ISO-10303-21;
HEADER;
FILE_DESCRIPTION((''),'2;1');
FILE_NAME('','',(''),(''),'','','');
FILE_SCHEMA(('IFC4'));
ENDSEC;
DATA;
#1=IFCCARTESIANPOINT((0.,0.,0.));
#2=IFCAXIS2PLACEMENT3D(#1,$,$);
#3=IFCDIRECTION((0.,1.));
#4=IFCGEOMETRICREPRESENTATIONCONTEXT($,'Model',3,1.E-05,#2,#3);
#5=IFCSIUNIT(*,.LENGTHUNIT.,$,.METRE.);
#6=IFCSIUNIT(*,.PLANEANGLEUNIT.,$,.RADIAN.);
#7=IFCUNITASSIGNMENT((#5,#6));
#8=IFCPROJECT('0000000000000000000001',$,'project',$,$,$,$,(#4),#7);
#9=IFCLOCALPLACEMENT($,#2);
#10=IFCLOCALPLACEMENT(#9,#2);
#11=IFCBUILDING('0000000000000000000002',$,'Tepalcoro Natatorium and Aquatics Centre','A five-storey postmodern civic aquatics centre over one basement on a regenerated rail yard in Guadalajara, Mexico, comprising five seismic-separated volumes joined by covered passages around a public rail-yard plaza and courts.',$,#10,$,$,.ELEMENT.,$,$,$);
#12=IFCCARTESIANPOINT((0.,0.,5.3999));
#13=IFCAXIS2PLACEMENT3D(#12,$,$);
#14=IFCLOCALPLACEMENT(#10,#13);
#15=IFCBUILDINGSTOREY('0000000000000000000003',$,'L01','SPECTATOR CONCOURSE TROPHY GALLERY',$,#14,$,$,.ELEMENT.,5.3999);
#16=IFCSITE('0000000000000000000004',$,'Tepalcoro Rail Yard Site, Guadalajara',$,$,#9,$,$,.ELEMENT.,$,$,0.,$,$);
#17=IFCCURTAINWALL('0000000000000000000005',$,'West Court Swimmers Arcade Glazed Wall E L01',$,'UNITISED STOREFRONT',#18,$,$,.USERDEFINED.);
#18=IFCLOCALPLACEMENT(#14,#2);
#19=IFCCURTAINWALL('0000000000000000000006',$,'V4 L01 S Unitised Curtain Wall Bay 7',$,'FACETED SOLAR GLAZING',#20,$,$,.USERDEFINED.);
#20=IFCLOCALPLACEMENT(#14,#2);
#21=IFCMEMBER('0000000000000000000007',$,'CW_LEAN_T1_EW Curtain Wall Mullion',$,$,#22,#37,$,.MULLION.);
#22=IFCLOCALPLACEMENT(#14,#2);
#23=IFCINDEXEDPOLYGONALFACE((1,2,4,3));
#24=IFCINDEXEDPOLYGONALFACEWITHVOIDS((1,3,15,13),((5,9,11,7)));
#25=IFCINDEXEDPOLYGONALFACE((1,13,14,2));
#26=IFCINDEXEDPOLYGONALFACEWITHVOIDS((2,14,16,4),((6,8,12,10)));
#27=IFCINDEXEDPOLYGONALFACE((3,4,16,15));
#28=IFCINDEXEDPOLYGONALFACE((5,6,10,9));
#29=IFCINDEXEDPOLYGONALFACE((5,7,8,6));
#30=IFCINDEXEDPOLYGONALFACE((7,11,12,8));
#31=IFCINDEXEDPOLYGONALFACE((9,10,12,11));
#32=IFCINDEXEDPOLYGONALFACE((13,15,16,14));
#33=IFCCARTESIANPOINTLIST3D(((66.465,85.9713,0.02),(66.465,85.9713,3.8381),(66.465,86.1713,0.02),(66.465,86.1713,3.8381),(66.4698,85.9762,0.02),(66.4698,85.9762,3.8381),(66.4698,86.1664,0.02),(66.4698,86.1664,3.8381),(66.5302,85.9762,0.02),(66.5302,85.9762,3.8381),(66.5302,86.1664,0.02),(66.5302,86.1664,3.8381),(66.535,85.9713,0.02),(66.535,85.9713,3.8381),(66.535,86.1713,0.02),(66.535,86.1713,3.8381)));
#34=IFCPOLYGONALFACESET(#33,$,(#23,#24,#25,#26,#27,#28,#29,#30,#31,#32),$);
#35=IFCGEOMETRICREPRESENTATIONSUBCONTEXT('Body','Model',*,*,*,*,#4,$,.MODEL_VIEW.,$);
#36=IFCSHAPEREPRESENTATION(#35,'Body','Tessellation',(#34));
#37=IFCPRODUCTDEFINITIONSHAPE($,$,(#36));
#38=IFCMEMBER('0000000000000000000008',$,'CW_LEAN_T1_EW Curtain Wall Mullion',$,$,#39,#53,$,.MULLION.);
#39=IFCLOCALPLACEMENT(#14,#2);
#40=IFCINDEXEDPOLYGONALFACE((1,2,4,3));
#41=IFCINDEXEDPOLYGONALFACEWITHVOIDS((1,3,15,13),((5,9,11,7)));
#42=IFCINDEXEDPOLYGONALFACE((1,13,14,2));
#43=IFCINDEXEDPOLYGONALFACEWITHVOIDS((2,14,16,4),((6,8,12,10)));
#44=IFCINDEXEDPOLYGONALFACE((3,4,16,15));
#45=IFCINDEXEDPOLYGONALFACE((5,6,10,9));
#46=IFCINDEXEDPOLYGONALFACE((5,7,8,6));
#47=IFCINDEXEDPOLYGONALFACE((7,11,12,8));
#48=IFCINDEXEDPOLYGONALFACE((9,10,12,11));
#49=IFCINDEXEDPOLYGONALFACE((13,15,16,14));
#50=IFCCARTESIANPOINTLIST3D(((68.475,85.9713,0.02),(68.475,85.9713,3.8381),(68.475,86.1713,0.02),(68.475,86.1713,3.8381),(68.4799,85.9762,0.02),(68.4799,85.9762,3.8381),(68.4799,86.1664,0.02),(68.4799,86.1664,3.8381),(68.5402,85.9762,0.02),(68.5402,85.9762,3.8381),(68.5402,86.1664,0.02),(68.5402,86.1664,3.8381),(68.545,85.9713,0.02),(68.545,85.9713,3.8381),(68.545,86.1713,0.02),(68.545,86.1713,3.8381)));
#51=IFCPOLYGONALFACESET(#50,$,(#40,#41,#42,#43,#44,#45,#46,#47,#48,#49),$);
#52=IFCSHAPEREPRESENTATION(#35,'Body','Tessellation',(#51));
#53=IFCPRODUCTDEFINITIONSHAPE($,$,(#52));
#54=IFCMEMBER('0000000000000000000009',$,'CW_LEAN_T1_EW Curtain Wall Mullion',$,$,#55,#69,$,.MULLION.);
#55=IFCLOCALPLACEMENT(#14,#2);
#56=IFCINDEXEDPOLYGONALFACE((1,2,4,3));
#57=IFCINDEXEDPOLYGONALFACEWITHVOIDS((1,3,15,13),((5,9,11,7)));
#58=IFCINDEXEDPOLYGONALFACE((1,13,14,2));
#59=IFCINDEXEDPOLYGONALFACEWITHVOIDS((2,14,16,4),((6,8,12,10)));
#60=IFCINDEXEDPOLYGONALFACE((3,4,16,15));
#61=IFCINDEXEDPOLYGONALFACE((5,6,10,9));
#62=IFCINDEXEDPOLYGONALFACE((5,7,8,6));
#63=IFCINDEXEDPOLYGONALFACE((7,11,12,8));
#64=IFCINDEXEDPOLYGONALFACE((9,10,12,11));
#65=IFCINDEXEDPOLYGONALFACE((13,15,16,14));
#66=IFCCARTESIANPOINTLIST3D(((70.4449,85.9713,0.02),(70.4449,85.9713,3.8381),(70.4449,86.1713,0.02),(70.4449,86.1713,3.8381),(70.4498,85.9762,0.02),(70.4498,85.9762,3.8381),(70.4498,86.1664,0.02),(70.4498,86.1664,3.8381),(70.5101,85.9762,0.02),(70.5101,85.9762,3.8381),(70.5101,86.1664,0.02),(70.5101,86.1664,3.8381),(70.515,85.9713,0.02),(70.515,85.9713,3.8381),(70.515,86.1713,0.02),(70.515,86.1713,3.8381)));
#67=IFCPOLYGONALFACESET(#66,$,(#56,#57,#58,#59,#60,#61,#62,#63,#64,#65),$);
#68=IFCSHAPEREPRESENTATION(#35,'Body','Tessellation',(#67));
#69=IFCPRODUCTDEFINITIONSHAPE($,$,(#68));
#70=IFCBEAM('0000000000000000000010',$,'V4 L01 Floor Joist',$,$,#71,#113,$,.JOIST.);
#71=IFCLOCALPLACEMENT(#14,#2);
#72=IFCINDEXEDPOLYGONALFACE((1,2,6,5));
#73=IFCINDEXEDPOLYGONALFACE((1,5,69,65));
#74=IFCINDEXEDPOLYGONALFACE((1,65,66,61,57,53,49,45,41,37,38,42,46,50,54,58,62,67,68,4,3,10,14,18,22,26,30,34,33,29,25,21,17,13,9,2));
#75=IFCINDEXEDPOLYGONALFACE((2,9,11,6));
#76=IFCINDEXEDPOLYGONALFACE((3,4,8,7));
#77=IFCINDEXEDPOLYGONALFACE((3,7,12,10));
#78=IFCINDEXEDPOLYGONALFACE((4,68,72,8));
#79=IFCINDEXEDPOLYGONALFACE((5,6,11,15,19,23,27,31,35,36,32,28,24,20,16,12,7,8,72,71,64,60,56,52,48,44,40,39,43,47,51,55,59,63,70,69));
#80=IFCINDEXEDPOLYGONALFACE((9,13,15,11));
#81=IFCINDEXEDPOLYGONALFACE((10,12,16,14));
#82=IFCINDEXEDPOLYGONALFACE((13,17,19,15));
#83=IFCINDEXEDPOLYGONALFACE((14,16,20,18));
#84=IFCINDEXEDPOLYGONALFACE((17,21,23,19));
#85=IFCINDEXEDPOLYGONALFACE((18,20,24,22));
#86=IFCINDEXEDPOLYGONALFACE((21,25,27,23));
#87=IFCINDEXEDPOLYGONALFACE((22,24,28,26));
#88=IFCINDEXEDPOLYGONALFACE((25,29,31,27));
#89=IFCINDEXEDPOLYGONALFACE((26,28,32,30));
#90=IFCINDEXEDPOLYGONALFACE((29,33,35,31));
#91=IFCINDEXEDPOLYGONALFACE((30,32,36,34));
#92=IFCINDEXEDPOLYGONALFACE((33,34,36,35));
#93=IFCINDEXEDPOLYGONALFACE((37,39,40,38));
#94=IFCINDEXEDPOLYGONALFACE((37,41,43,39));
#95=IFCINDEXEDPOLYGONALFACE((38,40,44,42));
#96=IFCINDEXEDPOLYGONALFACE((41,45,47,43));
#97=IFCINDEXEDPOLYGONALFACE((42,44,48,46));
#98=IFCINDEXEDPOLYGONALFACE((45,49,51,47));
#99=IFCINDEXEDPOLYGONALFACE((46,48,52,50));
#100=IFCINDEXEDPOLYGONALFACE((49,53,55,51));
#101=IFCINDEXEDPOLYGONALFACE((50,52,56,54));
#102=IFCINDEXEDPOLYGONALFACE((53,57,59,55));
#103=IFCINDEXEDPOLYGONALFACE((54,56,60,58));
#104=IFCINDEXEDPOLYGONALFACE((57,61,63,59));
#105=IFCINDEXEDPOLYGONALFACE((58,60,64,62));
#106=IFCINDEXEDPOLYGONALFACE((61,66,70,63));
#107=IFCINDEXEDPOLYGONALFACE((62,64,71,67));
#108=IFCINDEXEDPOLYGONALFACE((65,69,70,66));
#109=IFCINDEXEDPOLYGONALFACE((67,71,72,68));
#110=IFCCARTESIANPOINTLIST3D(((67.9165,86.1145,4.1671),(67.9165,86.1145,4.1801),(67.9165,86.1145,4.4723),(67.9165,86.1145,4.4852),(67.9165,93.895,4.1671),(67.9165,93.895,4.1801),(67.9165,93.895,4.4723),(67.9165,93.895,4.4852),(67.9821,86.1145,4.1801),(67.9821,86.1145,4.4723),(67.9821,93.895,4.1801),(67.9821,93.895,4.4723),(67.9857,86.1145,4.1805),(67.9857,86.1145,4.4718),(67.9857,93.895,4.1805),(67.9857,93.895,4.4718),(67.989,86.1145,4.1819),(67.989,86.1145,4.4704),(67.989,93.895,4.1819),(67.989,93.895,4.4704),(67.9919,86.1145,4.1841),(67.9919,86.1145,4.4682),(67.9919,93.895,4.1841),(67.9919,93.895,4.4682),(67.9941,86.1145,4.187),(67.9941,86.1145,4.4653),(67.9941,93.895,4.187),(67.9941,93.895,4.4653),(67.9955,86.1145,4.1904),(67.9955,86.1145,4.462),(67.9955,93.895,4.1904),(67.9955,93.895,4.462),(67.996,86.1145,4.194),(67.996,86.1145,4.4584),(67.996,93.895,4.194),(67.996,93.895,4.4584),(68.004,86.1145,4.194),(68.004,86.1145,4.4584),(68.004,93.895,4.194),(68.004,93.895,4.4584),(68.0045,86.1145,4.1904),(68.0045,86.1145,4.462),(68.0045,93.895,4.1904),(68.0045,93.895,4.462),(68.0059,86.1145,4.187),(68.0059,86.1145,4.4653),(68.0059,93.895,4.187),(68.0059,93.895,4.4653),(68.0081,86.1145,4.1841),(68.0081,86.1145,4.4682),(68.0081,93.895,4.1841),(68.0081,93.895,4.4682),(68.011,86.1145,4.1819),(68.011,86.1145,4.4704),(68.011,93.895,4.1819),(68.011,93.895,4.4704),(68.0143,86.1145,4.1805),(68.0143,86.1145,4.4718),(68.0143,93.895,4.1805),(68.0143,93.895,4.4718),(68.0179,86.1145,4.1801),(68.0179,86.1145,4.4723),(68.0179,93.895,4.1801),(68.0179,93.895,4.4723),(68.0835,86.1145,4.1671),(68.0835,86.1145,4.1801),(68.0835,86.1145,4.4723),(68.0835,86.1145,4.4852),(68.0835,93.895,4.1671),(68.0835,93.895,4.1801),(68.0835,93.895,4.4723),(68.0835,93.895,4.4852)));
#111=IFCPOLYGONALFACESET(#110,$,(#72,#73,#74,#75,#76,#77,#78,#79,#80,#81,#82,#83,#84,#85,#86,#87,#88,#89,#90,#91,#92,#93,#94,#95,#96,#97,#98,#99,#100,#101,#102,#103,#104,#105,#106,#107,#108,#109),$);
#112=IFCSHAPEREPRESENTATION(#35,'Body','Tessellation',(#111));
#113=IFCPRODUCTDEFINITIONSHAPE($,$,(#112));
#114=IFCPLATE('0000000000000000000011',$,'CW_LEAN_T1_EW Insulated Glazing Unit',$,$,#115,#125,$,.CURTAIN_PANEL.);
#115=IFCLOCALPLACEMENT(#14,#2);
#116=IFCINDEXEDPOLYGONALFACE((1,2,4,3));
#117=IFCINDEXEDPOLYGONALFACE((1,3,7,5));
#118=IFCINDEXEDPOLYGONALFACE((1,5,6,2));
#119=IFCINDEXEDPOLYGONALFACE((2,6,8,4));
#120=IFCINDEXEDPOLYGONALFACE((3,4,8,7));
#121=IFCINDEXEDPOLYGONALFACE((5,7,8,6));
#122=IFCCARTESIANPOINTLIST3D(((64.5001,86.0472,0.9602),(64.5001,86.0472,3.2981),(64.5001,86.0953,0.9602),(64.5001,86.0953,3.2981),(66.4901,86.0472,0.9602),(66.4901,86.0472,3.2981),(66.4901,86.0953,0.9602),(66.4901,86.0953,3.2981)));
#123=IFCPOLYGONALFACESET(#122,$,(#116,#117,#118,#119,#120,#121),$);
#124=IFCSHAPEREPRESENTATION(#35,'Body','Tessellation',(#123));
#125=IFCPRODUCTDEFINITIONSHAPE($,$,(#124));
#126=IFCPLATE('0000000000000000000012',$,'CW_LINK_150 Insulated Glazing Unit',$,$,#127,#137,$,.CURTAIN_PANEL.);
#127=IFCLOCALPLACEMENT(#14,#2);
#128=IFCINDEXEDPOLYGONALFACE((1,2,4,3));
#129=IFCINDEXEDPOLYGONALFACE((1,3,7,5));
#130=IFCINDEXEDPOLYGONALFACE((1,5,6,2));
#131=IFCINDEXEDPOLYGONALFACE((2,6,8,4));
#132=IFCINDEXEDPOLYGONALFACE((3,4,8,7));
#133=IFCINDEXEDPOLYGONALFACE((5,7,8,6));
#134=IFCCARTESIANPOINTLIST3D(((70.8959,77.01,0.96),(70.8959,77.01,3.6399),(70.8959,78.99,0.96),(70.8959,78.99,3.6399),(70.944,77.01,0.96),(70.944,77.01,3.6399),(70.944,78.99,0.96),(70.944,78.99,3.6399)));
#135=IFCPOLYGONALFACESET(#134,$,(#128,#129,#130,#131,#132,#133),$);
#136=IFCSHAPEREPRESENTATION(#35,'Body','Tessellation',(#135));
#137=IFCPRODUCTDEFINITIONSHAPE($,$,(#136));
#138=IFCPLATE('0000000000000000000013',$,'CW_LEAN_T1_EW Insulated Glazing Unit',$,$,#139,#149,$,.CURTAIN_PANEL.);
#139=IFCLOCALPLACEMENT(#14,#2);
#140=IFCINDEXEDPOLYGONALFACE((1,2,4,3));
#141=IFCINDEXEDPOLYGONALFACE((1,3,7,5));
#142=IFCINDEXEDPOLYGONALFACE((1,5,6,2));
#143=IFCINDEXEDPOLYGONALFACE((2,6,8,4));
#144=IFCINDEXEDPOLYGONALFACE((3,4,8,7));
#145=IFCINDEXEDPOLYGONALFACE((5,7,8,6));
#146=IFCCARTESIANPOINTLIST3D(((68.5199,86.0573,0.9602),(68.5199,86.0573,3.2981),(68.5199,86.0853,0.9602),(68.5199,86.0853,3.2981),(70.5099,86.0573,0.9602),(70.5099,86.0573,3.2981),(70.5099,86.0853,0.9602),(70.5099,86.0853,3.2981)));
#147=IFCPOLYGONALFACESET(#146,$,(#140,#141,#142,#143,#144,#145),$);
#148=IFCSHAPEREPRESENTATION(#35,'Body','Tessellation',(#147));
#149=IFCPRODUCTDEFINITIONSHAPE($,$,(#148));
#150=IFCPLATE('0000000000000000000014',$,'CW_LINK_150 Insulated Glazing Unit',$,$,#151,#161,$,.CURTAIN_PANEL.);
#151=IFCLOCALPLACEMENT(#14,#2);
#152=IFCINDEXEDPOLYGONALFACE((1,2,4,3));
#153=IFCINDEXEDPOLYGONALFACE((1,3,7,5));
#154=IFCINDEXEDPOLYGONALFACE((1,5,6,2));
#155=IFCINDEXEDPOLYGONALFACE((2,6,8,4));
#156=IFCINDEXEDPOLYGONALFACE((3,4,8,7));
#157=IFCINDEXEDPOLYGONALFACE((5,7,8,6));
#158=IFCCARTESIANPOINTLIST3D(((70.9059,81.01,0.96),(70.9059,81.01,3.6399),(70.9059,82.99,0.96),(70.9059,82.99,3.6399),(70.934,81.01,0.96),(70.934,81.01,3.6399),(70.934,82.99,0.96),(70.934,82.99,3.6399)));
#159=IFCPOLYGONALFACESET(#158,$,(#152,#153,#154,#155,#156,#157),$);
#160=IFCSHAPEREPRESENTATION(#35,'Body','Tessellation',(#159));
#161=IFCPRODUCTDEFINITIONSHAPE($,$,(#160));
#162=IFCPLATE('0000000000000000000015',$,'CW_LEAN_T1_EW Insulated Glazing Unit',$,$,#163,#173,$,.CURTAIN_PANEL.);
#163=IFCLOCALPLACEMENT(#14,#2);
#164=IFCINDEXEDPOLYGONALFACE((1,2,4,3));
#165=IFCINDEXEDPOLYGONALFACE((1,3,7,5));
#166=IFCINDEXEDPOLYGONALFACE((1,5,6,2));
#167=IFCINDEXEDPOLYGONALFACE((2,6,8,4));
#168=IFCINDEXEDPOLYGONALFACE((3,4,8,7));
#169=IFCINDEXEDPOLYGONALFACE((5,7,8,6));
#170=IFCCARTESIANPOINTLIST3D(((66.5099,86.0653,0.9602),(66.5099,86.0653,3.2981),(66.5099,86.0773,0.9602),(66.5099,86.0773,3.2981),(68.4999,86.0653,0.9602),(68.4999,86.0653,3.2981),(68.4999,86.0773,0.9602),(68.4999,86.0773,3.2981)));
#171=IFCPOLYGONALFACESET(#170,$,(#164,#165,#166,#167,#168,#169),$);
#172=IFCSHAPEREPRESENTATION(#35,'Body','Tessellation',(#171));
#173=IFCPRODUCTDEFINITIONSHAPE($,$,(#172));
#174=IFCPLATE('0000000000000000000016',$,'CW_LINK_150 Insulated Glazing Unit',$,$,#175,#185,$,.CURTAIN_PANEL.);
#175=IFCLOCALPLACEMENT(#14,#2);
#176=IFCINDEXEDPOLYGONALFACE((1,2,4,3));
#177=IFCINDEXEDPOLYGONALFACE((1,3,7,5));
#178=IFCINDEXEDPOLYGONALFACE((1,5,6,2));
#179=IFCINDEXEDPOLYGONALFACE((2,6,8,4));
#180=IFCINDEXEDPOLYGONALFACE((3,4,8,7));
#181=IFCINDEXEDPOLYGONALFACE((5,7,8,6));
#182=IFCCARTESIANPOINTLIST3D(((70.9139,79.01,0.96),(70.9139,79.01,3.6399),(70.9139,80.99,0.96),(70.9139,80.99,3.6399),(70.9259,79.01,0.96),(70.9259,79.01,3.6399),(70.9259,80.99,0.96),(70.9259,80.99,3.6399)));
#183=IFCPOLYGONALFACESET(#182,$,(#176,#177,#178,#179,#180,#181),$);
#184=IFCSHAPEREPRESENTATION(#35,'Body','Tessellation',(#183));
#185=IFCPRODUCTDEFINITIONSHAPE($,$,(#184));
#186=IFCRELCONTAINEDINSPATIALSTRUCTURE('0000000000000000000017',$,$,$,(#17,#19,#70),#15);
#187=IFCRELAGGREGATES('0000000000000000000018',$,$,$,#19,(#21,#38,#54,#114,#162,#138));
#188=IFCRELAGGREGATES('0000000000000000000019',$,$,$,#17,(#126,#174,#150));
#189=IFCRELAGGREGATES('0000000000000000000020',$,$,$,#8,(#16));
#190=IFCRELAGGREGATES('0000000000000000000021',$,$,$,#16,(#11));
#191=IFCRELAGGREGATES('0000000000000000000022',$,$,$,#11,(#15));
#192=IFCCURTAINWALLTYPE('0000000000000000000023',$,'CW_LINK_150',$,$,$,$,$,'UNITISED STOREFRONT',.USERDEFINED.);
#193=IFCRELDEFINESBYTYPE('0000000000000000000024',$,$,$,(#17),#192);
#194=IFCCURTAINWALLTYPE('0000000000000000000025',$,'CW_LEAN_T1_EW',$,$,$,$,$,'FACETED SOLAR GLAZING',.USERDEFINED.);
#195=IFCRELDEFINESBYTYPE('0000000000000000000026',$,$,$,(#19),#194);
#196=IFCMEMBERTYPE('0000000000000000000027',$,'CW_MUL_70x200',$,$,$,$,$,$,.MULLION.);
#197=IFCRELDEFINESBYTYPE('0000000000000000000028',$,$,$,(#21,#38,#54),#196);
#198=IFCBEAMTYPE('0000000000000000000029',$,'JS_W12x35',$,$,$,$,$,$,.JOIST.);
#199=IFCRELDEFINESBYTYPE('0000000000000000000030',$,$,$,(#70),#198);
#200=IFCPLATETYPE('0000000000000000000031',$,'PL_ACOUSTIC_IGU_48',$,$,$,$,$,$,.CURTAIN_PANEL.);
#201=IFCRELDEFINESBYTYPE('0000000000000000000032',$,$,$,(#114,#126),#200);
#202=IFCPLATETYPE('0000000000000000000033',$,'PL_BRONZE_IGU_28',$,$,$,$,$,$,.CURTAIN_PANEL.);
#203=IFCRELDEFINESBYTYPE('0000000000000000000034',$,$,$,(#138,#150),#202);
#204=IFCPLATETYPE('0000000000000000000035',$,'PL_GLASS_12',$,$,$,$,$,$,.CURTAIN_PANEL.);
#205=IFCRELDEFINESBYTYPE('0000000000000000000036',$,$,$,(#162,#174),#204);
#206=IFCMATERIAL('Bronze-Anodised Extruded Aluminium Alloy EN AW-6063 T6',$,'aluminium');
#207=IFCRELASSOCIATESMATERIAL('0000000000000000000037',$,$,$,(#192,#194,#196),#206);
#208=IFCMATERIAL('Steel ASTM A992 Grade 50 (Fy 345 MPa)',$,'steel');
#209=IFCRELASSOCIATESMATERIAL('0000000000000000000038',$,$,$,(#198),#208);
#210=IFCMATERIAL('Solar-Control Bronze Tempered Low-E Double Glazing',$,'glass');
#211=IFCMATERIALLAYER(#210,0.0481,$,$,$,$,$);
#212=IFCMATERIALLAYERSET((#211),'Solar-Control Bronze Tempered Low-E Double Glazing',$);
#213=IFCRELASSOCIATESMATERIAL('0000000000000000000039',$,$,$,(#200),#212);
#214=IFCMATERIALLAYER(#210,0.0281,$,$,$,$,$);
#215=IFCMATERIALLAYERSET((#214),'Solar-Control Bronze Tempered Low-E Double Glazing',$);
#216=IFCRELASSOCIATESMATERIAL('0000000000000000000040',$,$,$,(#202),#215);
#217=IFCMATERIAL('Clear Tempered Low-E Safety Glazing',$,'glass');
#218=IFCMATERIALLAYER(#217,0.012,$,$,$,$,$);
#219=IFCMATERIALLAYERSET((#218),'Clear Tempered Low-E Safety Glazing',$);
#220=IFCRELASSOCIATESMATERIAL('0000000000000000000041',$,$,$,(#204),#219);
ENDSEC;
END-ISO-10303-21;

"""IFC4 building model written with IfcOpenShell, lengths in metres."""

from ifc_helpers import new_model, si_unit, direction, frame, origin, origin_2d, place, context, subcontext, project, spatial, rectangle, hollow_rectangle, i_section, extrude, material, layer, layer_set, material_profile, profile_set, type_object, element, aggregate, save


model = new_model("IFC4")

# Units and contexts
model_context = context("Model", 3, precision=1e-05, world=origin(), true_north=direction((0.0, 1.0)))
body_context = subcontext(model_context, "Body", "Model", "MODEL_VIEW")
ifc_project = project(units=[si_unit("LENGTHUNIT", "METRE"), si_unit("PLANEANGLEUNIT", "RADIAN")], contexts=[model_context])

# Site, building, storey
site_placement = place(None, origin())
site = spatial("IfcSite", under=ifc_project, at=site_placement, Name="Tepalcoro Rail Yard Site, Guadalajara", CompositionType="ELEMENT", RefElevation=0.0)
building_placement = place(site_placement, origin())
building = spatial("IfcBuilding", under=site, at=building_placement, Name="Tepalcoro Natatorium and Aquatics Centre", Description="A five-storey postmodern civic aquatics centre over one basement on a regenerated rail yard in Guadalajara, Mexico, comprising five seismic-separated volumes joined by covered passages around a public rail-yard plaza and courts.", CompositionType="ELEMENT")
storey_placement = place(building_placement, frame((0.0, 0.0, 5.3999)))
storey = spatial("IfcBuildingStorey", under=building, at=storey_placement, Name="L01", Description="SPECTATOR CONCOURSE TROPHY GALLERY", CompositionType="ELEMENT", Elevation=5.3999)

# Shared definitions
ifc_material_1 = material(Name="Steel ASTM A992 Grade 50 (Fy 345 MPa)", Category="steel")

# Curtain walls, members
ifc_material_2 = material(Name="Bronze-Anodised Extruded Aluminium Alloy EN AW-6063 T6", Category="aluminium")
curtain_wall_type_1 = type_object("IfcCurtainWallType", Name="CW_LINK_150", ElementType="UNITISED STOREFRONT", PredefinedType="USERDEFINED", material=ifc_material_2)
curtain_wall_1_placement = place(storey_placement, origin())
curtain_wall_1 = element("IfcCurtainWall", 1, at=curtain_wall_1_placement, inside=storey, type_object=curtain_wall_type_1, Name="West Court Swimmers Arcade Glazed Wall E L01", ObjectType="UNITISED STOREFRONT", PredefinedType="USERDEFINED")
curtain_wall_type_2 = type_object("IfcCurtainWallType", Name="CW_LEAN_T1_EW", ElementType="FACETED SOLAR GLAZING", PredefinedType="USERDEFINED", material=ifc_material_2)
curtain_wall_2_placement = place(storey_placement, origin())
curtain_wall_2 = element("IfcCurtainWall", 2, at=curtain_wall_2_placement, inside=storey, type_object=curtain_wall_type_2, Name="V4 L01 S Unitised Curtain Wall Bay 7", ObjectType="FACETED SOLAR GLAZING", PredefinedType="USERDEFINED")
ifc_material_profile_1 = material_profile(ifc_material_2, hollow_rectangle(XDim=0.0701, YDim=0.2, WallThickness=0.0049, at=origin_2d()), Name="AL70X200X5")
ifc_profile_set_1 = profile_set([ifc_material_profile_1], Name="Bronze-Anodised Extruded Aluminium Alloy EN AW-6063 T6")
member_type_1 = type_object("IfcMemberType", Name="CW_MUL_70x200", PredefinedType="MULLION", material=ifc_profile_set_1)
member_1_placement = place(storey_placement, frame((66.5, 86.0713, 0.02), z_axis=(0.0, 0.0, 1.0), x_axis=(1.0, 0.0, 0.0)))
member_1 = element("IfcMember", 3, at=member_1_placement, type_object=member_type_1, Name="CW_LEAN_T1_EW Curtain Wall Mullion", PredefinedType="MULLION", context=body_context, shape_type="SweptSolid", body=[
    extrude(hollow_rectangle(XDim=0.0701, YDim=0.2, WallThickness=0.0049, at=origin_2d()), origin(), (0.0, 0.0, 1.0), 3.8181),
])
member_2_placement = place(storey_placement, frame((68.51, 86.0713, 0.02), z_axis=(0.0, 0.0, 1.0), x_axis=(1.0, 0.0, 0.0)))
member_2 = element("IfcMember", 4, at=member_2_placement, type_object=member_type_1, Name="CW_LEAN_T1_EW Curtain Wall Mullion", PredefinedType="MULLION", context=body_context, shape_type="SweptSolid", body=[
    extrude(hollow_rectangle(XDim=0.0701, YDim=0.2, WallThickness=0.0049, at=origin_2d()), origin(), (0.0, 0.0, 1.0), 3.8181),
])
member_3_placement = place(storey_placement, frame((70.48, 86.0713, 0.02), z_axis=(0.0, 0.0, 1.0), x_axis=(1.0, 0.0, 0.0)))
member_3 = element("IfcMember", 5, at=member_3_placement, type_object=member_type_1, Name="CW_LEAN_T1_EW Curtain Wall Mullion", PredefinedType="MULLION", context=body_context, shape_type="SweptSolid", body=[
    extrude(hollow_rectangle(XDim=0.0701, YDim=0.2, WallThickness=0.0049, at=origin_2d()), origin(), (0.0, 0.0, 1.0), 3.8181),
])

# Beam
ifc_material_profile_2 = material_profile(ifc_material_1, i_section(OverallWidth=0.167, OverallDepth=0.3181, WebThickness=0.0081, FlangeThickness=0.0129, FilletRadius=0.0139, at=origin_2d()), Name="W12X35")
ifc_profile_set_2 = profile_set([ifc_material_profile_2], Name="Steel ASTM A992 Grade 50 (Fy 345 MPa)")
beam_type_1 = type_object("IfcBeamType", Name="JS_W12x35", PredefinedType="JOIST", material=ifc_profile_set_2)
beam_1_placement = place(storey_placement, frame((68.0, 86.1145, 4.3262), z_axis=(0.0, 1.0, 0.0), x_axis=(-1.0, 0.0, 0.0)))
element("IfcBeam", 6, at=beam_1_placement, inside=storey, type_object=beam_type_1, Name="V4 L01 Floor Joist", PredefinedType="JOIST", context=body_context, shape_type="SweptSolid", body=[
    extrude(i_section(OverallWidth=0.167, OverallDepth=0.3181, WebThickness=0.0081, FlangeThickness=0.0129, FilletRadius=0.0139, at=origin_2d()), origin(), (0.0, 0.0, 1.0), 7.7805),
])

# Plates
ifc_material_3 = material(Name="Solar-Control Bronze Tempered Low-E Double Glazing", Category="glass")
ifc_layer_1 = layer(ifc_material_3, 0.0481)
ifc_layer_set_1 = layer_set([ifc_layer_1], Name="Solar-Control Bronze Tempered Low-E Double Glazing")
plate_type_1 = type_object("IfcPlateType", Name="PL_ACOUSTIC_IGU_48", PredefinedType="CURTAIN_PANEL", material=ifc_layer_set_1)
plate_1_placement = place(storey_placement, frame((65.4951, 86.0713, 0.9602), z_axis=(0.0, 0.0, 1.0), x_axis=(1.0, 0.0, 0.0)))
plate_1 = element("IfcPlate", 7, at=plate_1_placement, type_object=plate_type_1, Name="CW_LEAN_T1_EW Insulated Glazing Unit", PredefinedType="CURTAIN_PANEL", context=body_context, shape_type="SweptSolid", body=[
    extrude(rectangle(XDim=1.99, YDim=0.0481, at=origin_2d()), origin(), (0.0, 0.0, 1.0), 2.3379),
])
plate_2_placement = place(storey_placement, frame((70.9199, 78.0, 0.96), z_axis=(0.0, 0.0, 1.0), x_axis=(1.0, 0.0, 0.0)))
plate_2 = element("IfcPlate", 8, at=plate_2_placement, type_object=plate_type_1, Name="CW_LINK_150 Insulated Glazing Unit", PredefinedType="CURTAIN_PANEL", context=body_context, shape_type="SweptSolid", body=[
    extrude(rectangle(XDim=0.0481, YDim=1.98, at=origin_2d()), origin(), (0.0, 0.0, 1.0), 2.6799),
])
ifc_layer_2 = layer(ifc_material_3, 0.0281)
ifc_layer_set_2 = layer_set([ifc_layer_2], Name="Solar-Control Bronze Tempered Low-E Double Glazing")
plate_type_2 = type_object("IfcPlateType", Name="PL_BRONZE_IGU_28", PredefinedType="CURTAIN_PANEL", material=ifc_layer_set_2)
plate_3_placement = place(storey_placement, frame((69.5149, 86.0713, 0.9602), z_axis=(0.0, 0.0, 1.0), x_axis=(1.0, 0.0, 0.0)))
plate_3 = element("IfcPlate", 9, at=plate_3_placement, type_object=plate_type_2, Name="CW_LEAN_T1_EW Insulated Glazing Unit", PredefinedType="CURTAIN_PANEL", context=body_context, shape_type="SweptSolid", body=[
    extrude(rectangle(XDim=1.99, YDim=0.0281, at=origin_2d()), origin(), (0.0, 0.0, 1.0), 2.3379),
])
plate_4_placement = place(storey_placement, frame((70.9199, 82.0, 0.96), z_axis=(0.0, 0.0, 1.0), x_axis=(1.0, 0.0, 0.0)))
plate_4 = element("IfcPlate", 10, at=plate_4_placement, type_object=plate_type_2, Name="CW_LINK_150 Insulated Glazing Unit", PredefinedType="CURTAIN_PANEL", context=body_context, shape_type="SweptSolid", body=[
    extrude(rectangle(XDim=0.0281, YDim=1.98, at=origin_2d()), origin(), (0.0, 0.0, 1.0), 2.6799),
])
ifc_material_4 = material(Name="Clear Tempered Low-E Safety Glazing", Category="glass")
ifc_layer_3 = layer(ifc_material_4, 0.012)
ifc_layer_set_3 = layer_set([ifc_layer_3], Name="Clear Tempered Low-E Safety Glazing")
plate_type_3 = type_object("IfcPlateType", Name="PL_GLASS_12", PredefinedType="CURTAIN_PANEL", material=ifc_layer_set_3)
plate_5_placement = place(storey_placement, frame((67.5049, 86.0713, 0.9602), z_axis=(0.0, 0.0, 1.0), x_axis=(1.0, 0.0, 0.0)))
plate_5 = element("IfcPlate", 11, at=plate_5_placement, type_object=plate_type_3, Name="CW_LEAN_T1_EW Insulated Glazing Unit", PredefinedType="CURTAIN_PANEL", context=body_context, shape_type="SweptSolid", body=[
    extrude(rectangle(XDim=1.99, YDim=0.012, at=origin_2d()), origin(), (0.0, 0.0, 1.0), 2.3379),
])
plate_6_placement = place(storey_placement, frame((70.9199, 80.0, 0.96), z_axis=(0.0, 0.0, 1.0), x_axis=(1.0, 0.0, 0.0)))
plate_6 = element("IfcPlate", 12, at=plate_6_placement, type_object=plate_type_3, Name="CW_LINK_150 Insulated Glazing Unit", PredefinedType="CURTAIN_PANEL", context=body_context, shape_type="SweptSolid", body=[
    extrude(rectangle(XDim=0.012, YDim=1.98, at=origin_2d()), origin(), (0.0, 0.0, 1.0), 2.6799),
])
aggregate(curtain_wall_2, [member_1, member_2, member_3, plate_1, plate_5, plate_3])
aggregate(curtain_wall_1, [plate_2, plate_6, plate_4])

save(model, "model.ifc")
